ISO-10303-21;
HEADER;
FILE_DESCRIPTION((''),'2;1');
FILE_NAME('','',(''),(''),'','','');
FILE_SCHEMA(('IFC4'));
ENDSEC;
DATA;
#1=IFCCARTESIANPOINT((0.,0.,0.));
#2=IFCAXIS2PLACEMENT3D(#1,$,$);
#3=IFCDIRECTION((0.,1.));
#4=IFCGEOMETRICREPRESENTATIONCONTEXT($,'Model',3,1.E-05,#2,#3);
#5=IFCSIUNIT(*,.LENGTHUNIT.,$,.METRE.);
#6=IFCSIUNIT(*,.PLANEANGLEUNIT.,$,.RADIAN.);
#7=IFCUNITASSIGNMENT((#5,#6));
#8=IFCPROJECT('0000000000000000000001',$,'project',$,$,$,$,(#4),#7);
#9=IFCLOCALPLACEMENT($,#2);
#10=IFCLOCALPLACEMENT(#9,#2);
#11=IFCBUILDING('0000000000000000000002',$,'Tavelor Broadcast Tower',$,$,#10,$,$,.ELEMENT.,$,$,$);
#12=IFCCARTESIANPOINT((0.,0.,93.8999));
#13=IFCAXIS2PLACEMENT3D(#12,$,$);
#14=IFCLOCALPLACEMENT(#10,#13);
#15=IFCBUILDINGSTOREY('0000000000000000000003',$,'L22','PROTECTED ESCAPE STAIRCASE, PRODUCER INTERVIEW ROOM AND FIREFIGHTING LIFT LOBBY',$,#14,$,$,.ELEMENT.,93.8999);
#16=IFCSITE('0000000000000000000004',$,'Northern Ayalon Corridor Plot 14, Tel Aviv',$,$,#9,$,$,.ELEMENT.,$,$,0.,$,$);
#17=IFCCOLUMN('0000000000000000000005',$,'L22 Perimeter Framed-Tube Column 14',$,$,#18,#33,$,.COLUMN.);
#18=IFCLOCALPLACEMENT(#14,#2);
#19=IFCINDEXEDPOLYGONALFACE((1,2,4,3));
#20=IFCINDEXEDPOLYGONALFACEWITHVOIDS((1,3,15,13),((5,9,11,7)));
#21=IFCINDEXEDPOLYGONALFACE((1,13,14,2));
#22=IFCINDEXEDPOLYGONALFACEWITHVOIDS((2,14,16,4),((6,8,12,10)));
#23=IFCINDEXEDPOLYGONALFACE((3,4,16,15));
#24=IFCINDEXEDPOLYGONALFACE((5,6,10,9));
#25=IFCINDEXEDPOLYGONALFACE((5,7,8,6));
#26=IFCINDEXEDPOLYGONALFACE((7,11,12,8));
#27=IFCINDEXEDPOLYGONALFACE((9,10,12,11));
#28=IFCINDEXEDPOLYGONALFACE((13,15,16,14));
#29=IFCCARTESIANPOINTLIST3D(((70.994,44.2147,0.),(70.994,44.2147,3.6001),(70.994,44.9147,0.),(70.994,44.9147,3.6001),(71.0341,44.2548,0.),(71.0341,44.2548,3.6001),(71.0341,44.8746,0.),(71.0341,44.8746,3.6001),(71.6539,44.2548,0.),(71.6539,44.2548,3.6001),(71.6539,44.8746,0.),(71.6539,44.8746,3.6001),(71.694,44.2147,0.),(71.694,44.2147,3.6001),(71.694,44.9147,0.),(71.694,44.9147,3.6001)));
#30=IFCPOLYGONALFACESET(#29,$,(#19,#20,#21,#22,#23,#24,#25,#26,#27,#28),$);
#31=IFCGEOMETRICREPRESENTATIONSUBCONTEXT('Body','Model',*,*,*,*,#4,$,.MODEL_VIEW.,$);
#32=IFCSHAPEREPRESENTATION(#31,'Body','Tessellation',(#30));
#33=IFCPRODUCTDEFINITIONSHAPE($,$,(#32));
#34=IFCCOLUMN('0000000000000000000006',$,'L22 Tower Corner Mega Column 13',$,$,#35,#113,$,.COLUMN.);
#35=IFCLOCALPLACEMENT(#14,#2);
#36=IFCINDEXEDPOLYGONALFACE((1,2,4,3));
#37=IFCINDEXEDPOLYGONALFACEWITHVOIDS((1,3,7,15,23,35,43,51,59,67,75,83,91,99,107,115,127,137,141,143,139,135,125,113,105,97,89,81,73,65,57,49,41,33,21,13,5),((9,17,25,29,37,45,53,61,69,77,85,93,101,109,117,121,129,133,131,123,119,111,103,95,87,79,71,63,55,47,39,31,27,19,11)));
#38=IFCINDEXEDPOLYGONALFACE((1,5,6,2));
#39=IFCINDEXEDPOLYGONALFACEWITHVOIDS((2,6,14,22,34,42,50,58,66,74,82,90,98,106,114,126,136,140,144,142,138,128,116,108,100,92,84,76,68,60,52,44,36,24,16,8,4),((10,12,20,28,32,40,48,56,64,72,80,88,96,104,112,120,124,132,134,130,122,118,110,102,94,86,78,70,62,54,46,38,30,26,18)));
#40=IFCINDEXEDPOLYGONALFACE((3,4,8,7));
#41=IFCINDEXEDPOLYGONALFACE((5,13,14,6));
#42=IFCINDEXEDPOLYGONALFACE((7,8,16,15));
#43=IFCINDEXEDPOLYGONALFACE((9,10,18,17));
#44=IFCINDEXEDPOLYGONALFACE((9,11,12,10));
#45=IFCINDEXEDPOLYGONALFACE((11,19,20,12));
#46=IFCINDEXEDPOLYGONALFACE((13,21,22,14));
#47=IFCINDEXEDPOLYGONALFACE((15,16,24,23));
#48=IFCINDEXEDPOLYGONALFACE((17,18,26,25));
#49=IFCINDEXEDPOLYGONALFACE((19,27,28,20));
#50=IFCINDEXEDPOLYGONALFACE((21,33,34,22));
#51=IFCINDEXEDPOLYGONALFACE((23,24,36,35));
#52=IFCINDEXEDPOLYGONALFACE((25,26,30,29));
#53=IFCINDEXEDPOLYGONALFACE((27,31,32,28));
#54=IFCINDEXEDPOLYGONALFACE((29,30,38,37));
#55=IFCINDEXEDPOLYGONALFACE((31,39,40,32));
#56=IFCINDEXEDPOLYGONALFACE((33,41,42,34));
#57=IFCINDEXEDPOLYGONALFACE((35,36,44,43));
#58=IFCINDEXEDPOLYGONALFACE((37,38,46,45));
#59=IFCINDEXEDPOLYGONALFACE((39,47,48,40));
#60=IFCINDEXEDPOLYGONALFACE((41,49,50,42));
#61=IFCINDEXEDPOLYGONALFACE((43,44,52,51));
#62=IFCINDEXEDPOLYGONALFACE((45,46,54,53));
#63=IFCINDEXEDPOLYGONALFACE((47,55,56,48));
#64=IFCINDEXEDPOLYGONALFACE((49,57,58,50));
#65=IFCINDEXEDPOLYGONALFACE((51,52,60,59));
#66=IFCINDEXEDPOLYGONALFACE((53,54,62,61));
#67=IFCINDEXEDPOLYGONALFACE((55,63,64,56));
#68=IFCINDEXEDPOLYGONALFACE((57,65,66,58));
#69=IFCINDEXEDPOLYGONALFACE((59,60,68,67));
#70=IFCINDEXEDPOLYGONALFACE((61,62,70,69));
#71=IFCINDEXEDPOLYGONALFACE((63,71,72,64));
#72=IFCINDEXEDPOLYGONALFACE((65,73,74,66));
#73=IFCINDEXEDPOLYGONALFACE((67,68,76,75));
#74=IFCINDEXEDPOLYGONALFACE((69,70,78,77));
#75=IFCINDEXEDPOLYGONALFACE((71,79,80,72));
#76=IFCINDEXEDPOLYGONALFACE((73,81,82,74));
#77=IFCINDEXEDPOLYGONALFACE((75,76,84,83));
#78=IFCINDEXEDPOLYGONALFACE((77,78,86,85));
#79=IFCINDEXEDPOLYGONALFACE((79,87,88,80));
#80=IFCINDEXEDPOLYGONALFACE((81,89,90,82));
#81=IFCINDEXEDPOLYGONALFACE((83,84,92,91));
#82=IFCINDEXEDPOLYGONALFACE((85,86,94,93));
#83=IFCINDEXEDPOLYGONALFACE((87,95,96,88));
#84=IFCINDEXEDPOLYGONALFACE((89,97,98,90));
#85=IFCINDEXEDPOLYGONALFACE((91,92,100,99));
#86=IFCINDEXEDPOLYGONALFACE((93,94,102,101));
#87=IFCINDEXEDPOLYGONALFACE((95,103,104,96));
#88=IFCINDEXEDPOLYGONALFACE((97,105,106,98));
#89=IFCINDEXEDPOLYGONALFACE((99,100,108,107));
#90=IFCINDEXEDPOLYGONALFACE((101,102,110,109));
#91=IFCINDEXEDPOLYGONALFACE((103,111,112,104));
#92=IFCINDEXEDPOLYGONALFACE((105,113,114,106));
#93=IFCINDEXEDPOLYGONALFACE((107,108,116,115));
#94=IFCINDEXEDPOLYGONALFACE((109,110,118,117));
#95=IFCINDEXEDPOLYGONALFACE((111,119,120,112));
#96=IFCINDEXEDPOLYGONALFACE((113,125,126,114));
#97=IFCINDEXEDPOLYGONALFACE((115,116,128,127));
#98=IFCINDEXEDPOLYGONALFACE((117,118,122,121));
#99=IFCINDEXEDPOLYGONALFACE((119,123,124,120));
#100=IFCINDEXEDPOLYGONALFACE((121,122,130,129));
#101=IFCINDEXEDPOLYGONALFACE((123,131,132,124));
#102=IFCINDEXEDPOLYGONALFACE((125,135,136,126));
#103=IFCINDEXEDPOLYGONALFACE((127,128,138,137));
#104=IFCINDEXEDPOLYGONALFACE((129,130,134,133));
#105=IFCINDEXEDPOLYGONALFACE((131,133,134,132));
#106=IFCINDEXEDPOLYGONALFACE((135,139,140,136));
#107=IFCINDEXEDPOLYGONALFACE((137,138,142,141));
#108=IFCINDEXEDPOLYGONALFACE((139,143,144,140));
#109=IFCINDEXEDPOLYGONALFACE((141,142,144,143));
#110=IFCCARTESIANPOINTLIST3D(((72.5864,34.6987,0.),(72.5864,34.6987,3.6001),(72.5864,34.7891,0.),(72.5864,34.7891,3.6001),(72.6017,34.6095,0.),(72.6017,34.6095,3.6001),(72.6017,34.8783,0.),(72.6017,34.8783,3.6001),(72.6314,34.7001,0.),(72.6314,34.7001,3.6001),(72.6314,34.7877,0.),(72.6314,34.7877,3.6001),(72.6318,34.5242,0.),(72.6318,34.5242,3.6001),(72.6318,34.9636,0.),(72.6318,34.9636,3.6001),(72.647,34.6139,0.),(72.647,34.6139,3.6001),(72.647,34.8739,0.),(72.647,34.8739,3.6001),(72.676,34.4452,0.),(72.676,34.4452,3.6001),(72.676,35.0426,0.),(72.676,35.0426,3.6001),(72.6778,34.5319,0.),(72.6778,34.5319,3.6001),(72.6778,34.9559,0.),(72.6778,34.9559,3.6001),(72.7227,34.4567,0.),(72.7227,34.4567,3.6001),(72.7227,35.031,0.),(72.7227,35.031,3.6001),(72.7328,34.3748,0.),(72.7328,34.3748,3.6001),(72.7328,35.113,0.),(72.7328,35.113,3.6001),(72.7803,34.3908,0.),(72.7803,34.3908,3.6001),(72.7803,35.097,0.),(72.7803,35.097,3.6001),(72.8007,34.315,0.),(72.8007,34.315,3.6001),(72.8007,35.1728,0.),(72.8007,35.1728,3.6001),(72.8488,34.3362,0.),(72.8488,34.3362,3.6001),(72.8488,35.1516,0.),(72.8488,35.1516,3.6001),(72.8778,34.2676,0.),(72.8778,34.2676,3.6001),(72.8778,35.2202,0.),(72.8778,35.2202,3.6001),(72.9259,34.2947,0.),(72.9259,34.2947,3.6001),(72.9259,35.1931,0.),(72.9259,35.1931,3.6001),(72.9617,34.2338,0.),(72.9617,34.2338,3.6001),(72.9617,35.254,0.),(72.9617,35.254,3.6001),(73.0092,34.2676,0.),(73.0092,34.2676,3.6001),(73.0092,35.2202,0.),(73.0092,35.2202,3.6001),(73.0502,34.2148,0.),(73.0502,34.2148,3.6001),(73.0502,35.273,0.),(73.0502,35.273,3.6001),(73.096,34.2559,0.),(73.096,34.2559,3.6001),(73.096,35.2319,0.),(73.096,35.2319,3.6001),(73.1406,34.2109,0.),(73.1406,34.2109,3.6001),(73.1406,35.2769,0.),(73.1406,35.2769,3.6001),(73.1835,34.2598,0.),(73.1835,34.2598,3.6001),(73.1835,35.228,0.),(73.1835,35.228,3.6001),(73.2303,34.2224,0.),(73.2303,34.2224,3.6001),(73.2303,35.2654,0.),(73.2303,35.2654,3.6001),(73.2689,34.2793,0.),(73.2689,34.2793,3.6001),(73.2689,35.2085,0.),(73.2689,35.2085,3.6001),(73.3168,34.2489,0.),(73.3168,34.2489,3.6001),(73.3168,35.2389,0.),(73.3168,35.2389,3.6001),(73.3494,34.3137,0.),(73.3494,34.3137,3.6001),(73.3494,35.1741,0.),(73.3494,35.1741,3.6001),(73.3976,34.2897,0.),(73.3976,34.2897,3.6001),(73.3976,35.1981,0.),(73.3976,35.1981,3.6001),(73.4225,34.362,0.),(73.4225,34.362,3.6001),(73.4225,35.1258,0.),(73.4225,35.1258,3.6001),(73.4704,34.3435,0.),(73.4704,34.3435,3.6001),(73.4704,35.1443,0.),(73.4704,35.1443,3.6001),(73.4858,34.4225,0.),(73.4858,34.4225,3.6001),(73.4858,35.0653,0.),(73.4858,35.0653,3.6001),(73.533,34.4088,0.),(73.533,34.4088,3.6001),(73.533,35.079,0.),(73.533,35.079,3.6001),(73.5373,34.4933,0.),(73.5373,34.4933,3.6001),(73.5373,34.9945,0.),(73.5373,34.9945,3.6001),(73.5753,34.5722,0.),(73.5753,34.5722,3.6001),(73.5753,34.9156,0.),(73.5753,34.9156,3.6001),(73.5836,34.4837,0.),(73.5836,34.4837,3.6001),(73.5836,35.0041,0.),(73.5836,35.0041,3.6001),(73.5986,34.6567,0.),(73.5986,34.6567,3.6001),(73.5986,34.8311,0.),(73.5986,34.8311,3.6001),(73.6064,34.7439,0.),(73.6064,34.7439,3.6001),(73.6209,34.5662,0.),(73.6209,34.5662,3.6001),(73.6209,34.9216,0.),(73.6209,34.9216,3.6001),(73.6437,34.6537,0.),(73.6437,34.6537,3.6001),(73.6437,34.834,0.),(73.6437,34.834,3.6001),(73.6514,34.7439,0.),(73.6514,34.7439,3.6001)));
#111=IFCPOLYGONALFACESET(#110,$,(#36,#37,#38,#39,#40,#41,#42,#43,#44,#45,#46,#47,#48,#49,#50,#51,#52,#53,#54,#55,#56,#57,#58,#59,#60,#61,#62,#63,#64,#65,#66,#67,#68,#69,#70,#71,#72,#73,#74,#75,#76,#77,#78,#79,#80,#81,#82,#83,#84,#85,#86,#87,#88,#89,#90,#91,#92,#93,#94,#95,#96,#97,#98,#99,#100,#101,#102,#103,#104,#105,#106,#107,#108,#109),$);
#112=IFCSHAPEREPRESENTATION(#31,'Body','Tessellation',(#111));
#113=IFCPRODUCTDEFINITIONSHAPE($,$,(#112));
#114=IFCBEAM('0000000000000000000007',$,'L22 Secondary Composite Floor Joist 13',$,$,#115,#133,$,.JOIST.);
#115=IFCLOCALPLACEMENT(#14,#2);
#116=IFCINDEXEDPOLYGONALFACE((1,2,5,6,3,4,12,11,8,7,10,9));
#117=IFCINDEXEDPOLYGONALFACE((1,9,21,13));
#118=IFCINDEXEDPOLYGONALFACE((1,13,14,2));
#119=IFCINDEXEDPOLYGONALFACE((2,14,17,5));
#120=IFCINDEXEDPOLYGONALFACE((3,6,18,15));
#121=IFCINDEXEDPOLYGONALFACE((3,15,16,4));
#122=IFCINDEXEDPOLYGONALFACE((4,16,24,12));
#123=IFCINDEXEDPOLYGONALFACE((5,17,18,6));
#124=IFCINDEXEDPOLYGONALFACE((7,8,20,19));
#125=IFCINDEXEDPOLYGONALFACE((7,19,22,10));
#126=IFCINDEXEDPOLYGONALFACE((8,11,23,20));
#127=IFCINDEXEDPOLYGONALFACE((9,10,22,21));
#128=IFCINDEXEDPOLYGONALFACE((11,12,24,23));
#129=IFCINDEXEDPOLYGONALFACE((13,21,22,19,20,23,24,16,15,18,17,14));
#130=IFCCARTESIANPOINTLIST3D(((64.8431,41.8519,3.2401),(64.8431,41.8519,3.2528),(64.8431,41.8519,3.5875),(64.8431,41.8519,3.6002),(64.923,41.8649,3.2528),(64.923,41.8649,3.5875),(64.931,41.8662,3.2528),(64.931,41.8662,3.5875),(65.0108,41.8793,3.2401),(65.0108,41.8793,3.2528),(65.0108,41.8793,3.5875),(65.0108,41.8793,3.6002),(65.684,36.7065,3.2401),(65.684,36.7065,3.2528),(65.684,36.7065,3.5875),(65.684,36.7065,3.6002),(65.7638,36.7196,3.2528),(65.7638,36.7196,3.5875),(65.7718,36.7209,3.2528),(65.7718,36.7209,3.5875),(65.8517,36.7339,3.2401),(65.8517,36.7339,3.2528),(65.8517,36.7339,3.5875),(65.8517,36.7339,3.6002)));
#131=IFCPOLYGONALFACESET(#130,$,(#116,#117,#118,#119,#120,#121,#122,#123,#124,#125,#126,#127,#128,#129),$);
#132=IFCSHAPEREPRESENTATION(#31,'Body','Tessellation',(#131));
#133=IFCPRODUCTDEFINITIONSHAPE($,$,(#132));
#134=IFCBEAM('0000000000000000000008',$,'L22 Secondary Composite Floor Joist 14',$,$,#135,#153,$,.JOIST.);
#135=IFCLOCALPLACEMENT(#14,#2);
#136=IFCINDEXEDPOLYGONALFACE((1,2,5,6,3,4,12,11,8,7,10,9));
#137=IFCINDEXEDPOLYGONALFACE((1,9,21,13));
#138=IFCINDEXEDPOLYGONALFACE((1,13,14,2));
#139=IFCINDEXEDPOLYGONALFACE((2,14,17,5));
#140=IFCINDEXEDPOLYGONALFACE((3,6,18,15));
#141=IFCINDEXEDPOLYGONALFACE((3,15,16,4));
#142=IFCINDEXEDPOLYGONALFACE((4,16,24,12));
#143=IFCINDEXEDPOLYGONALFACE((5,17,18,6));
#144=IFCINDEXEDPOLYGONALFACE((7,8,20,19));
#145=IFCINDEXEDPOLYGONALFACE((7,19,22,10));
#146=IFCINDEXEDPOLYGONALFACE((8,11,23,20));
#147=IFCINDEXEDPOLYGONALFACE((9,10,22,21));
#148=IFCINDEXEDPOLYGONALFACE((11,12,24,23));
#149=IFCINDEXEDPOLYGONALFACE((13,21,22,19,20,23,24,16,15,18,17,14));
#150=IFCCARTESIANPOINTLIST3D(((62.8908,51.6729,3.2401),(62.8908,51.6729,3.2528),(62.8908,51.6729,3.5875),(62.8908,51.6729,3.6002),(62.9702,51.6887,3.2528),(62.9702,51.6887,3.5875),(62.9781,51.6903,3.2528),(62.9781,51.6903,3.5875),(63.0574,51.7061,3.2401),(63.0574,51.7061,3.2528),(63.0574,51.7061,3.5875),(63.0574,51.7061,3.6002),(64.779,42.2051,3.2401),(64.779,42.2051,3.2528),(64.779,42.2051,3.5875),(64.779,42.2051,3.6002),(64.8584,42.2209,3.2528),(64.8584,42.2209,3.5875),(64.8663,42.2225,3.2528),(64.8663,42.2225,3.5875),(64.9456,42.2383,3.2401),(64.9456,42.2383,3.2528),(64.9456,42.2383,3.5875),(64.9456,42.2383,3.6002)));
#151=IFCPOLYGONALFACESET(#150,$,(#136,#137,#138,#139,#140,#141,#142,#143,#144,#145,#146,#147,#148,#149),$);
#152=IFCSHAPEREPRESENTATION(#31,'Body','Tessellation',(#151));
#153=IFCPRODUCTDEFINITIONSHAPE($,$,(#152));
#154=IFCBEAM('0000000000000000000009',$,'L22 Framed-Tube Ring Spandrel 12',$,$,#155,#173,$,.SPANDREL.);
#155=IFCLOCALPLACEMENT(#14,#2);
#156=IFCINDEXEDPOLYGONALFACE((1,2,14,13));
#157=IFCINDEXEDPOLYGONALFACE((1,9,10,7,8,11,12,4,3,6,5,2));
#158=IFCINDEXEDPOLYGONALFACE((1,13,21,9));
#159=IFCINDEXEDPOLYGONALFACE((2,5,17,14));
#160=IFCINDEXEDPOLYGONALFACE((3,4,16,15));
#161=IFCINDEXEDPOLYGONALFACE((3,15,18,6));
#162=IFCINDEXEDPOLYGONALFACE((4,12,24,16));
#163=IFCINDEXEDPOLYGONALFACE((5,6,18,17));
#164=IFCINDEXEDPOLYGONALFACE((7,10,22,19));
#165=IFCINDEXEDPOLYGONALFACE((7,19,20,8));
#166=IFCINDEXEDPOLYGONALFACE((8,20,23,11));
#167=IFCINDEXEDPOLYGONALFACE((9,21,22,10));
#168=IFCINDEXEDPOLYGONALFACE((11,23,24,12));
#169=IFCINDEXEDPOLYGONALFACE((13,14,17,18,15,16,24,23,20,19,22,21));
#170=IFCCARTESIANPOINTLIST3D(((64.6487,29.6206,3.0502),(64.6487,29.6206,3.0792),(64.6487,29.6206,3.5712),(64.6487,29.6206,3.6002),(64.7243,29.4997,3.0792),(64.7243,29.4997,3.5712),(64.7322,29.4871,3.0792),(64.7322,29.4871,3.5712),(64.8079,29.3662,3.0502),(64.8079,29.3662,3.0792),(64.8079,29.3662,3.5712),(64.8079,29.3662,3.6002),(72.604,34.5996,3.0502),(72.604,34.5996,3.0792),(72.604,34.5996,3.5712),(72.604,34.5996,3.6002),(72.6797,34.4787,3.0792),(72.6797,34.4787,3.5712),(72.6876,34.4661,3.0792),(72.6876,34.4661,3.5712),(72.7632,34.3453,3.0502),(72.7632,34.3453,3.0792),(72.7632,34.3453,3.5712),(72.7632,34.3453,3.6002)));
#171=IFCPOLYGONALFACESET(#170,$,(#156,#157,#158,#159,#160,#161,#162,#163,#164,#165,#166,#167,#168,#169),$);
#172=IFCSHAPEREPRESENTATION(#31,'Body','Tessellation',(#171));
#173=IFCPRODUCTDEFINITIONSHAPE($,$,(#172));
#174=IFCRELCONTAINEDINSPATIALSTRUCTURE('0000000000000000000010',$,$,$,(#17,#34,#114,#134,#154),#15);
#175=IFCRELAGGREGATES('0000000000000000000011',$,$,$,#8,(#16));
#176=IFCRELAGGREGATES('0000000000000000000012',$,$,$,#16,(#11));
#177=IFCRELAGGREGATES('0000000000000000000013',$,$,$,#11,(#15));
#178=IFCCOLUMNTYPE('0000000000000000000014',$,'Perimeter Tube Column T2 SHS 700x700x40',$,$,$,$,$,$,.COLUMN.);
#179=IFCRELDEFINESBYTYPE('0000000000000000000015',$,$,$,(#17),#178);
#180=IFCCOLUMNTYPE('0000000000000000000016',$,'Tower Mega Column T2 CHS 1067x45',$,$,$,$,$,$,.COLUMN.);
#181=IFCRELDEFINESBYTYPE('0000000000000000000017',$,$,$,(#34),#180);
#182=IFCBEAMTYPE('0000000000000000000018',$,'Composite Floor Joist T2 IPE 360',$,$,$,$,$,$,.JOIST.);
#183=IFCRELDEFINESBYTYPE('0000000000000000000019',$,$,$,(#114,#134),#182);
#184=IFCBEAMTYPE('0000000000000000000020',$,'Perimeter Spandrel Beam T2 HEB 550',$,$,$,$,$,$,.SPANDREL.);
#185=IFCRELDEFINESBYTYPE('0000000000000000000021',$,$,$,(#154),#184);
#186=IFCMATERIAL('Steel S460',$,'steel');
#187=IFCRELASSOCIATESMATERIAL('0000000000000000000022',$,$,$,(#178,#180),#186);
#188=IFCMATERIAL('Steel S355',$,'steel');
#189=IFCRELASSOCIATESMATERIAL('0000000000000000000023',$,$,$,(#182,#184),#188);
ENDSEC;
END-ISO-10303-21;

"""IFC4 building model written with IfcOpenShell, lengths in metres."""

from ifc_helpers import new_model, si_unit, direction, frame, origin, origin_2d, place, context, subcontext, project, spatial, hollow_rectangle, hollow_circle, i_section, extrude, material, material_profile, profile_set, type_object, element, save


model = new_model("IFC4")

# Units and contexts
model_context = context("Model", 3, precision=1e-05, world=origin(), true_north=direction((0.0, 1.0)))
body_context = subcontext(model_context, "Body", "Model", "MODEL_VIEW")
ifc_project = project(units=[si_unit("LENGTHUNIT", "METRE"), si_unit("PLANEANGLEUNIT", "RADIAN")], contexts=[model_context])

# Site, building, storey
site_placement = place(None, origin())
site = spatial("IfcSite", under=ifc_project, at=site_placement, Name="Northern Ayalon Corridor Plot 14, Tel Aviv", CompositionType="ELEMENT", RefElevation=0.0)
building_placement = place(site_placement, origin())
building = spatial("IfcBuilding", under=site, at=building_placement, Name="Tavelor Broadcast Tower", CompositionType="ELEMENT")
storey_placement = place(building_placement, frame((0.0, 0.0, 93.8999)))
storey = spatial("IfcBuildingStorey", under=building, at=storey_placement, Name="L22", Description="PROTECTED ESCAPE STAIRCASE, PRODUCER INTERVIEW ROOM AND FIREFIGHTING LIFT LOBBY", CompositionType="ELEMENT", Elevation=93.8999)

# Columns
ifc_material_1 = material(Name="Steel S460", Category="steel")
ifc_material_profile_1 = material_profile(ifc_material_1, hollow_rectangle(XDim=0.7, YDim=0.7, WallThickness=0.04, at=origin_2d()), Name="SHS 700x700x40")
ifc_profile_set_1 = profile_set([ifc_material_profile_1], Name="Steel S460")
column_type_1 = type_object("IfcColumnType", Name="Perimeter Tube Column T2 SHS 700x700x40", PredefinedType="COLUMN", material=ifc_profile_set_1)
column_1_placement = place(storey_placement, frame((71.344, 44.5647, 0.0), z_axis=(0.0, 0.0, 1.0), x_axis=(1.0, 0.0, 0.0)))
element("IfcColumn", 1, at=column_1_placement, inside=storey, type_object=column_type_1, Name="L22 Perimeter Framed-Tube Column 14", PredefinedType="COLUMN", context=body_context, shape_type="SweptSolid", body=[
    extrude(hollow_rectangle(XDim=0.7, YDim=0.7, WallThickness=0.04, at=origin_2d()), origin(), (0.0, 0.0, 1.0), 3.6001),
])
ifc_material_profile_2 = material_profile(ifc_material_1, hollow_circle(Radius=0.5334, WallThickness=0.0449, at=origin_2d()), Name="CHS 1067x45")
ifc_profile_set_2 = profile_set([ifc_material_profile_2], Name="Steel S460")
column_type_2 = type_object("IfcColumnType", Name="Tower Mega Column T2 CHS 1067x45", PredefinedType="COLUMN", material=ifc_profile_set_2)
column_2_placement = place(storey_placement, frame((73.1179, 34.7439, 0.0), z_axis=(0.0, 0.0, 1.0), x_axis=(1.0, 0.0, 0.0)))
element("IfcColumn", 2, at=column_2_placement, inside=storey, type_object=column_type_2, Name="L22 Tower Corner Mega Column 13", PredefinedType="COLUMN", context=body_context, shape_type="SweptSolid", body=[
    extrude(hollow_circle(Radius=0.5334, WallThickness=0.0449, at=origin_2d()), origin(), (0.0, 0.0, 1.0), 3.6001),
])

# Beams
ifc_material_2 = material(Name="Steel S355", Category="steel")
ifc_material_profile_3 = material_profile(ifc_material_2, i_section(OverallWidth=0.1699, OverallDepth=0.3601, WebThickness=0.0081, FlangeThickness=0.0127, at=origin_2d()), Name="IPE 360")
ifc_profile_set_3 = profile_set([ifc_material_profile_3], Name="Steel S355")
beam_type_1 = type_object("IfcBeamType", Name="Composite Floor Joist T2 IPE 360", PredefinedType="JOIST", material=ifc_profile_set_3)
beam_1_placement = place(storey_placement, frame((65.7678, 36.7202, 3.4202), z_axis=(-0.161277, 0.986909, 0.0), x_axis=(-0.986909, -0.161277, 0.0)))
element("IfcBeam", 3, at=beam_1_placement, inside=storey, type_object=beam_type_1, Name="L22 Secondary Composite Floor Joist 13", PredefinedType="JOIST", context=body_context, shape_type="SweptSolid", body=[
    extrude(i_section(OverallWidth=0.1699, OverallDepth=0.3601, WebThickness=0.0081, FlangeThickness=0.0127, at=origin_2d()), origin(), (0.0, 0.0, 1.0), 5.2136),
])
beam_2_placement = place(storey_placement, frame((64.8623, 42.2217, 3.4202), z_axis=(-0.195581, 0.980688, 0.0), x_axis=(-0.980688, -0.195581, 0.0)))
element("IfcBeam", 4, at=beam_2_placement, inside=storey, type_object=beam_type_1, Name="L22 Secondary Composite Floor Joist 14", PredefinedType="JOIST", context=body_context, shape_type="SweptSolid", body=[
    extrude(i_section(OverallWidth=0.1699, OverallDepth=0.3601, WebThickness=0.0081, FlangeThickness=0.0127, at=origin_2d()), origin(), (0.0, 0.0, 1.0), 9.6543),
])
ifc_material_profile_4 = material_profile(ifc_material_2, i_section(OverallWidth=0.3, OverallDepth=0.55, WebThickness=0.0149, FlangeThickness=0.0291, at=origin_2d()), Name="HEB 550")
ifc_profile_set_4 = profile_set([ifc_material_profile_4], Name="Steel S355")
beam_type_2 = type_object("IfcBeamType", Name="Perimeter Spandrel Beam T2 HEB 550", PredefinedType="SPANDREL", material=ifc_profile_set_4)
beam_3_placement = place(storey_placement, frame((64.7283, 29.4934, 3.3252), z_axis=(0.847666, 0.53053, 0.0), x_axis=(-0.53053, 0.847666, 0.0)))
element("IfcBeam", 5, at=beam_3_placement, inside=storey, type_object=beam_type_2, Name="L22 Framed-Tube Ring Spandrel 12", PredefinedType="SPANDREL", context=body_context, shape_type="SweptSolid", body=[
    extrude(i_section(OverallWidth=0.3, OverallDepth=0.55, WebThickness=0.0149, FlangeThickness=0.0291, at=origin_2d()), origin(), (0.0, 0.0, 1.0), 9.385),
])

save(model, "model.ifc")
